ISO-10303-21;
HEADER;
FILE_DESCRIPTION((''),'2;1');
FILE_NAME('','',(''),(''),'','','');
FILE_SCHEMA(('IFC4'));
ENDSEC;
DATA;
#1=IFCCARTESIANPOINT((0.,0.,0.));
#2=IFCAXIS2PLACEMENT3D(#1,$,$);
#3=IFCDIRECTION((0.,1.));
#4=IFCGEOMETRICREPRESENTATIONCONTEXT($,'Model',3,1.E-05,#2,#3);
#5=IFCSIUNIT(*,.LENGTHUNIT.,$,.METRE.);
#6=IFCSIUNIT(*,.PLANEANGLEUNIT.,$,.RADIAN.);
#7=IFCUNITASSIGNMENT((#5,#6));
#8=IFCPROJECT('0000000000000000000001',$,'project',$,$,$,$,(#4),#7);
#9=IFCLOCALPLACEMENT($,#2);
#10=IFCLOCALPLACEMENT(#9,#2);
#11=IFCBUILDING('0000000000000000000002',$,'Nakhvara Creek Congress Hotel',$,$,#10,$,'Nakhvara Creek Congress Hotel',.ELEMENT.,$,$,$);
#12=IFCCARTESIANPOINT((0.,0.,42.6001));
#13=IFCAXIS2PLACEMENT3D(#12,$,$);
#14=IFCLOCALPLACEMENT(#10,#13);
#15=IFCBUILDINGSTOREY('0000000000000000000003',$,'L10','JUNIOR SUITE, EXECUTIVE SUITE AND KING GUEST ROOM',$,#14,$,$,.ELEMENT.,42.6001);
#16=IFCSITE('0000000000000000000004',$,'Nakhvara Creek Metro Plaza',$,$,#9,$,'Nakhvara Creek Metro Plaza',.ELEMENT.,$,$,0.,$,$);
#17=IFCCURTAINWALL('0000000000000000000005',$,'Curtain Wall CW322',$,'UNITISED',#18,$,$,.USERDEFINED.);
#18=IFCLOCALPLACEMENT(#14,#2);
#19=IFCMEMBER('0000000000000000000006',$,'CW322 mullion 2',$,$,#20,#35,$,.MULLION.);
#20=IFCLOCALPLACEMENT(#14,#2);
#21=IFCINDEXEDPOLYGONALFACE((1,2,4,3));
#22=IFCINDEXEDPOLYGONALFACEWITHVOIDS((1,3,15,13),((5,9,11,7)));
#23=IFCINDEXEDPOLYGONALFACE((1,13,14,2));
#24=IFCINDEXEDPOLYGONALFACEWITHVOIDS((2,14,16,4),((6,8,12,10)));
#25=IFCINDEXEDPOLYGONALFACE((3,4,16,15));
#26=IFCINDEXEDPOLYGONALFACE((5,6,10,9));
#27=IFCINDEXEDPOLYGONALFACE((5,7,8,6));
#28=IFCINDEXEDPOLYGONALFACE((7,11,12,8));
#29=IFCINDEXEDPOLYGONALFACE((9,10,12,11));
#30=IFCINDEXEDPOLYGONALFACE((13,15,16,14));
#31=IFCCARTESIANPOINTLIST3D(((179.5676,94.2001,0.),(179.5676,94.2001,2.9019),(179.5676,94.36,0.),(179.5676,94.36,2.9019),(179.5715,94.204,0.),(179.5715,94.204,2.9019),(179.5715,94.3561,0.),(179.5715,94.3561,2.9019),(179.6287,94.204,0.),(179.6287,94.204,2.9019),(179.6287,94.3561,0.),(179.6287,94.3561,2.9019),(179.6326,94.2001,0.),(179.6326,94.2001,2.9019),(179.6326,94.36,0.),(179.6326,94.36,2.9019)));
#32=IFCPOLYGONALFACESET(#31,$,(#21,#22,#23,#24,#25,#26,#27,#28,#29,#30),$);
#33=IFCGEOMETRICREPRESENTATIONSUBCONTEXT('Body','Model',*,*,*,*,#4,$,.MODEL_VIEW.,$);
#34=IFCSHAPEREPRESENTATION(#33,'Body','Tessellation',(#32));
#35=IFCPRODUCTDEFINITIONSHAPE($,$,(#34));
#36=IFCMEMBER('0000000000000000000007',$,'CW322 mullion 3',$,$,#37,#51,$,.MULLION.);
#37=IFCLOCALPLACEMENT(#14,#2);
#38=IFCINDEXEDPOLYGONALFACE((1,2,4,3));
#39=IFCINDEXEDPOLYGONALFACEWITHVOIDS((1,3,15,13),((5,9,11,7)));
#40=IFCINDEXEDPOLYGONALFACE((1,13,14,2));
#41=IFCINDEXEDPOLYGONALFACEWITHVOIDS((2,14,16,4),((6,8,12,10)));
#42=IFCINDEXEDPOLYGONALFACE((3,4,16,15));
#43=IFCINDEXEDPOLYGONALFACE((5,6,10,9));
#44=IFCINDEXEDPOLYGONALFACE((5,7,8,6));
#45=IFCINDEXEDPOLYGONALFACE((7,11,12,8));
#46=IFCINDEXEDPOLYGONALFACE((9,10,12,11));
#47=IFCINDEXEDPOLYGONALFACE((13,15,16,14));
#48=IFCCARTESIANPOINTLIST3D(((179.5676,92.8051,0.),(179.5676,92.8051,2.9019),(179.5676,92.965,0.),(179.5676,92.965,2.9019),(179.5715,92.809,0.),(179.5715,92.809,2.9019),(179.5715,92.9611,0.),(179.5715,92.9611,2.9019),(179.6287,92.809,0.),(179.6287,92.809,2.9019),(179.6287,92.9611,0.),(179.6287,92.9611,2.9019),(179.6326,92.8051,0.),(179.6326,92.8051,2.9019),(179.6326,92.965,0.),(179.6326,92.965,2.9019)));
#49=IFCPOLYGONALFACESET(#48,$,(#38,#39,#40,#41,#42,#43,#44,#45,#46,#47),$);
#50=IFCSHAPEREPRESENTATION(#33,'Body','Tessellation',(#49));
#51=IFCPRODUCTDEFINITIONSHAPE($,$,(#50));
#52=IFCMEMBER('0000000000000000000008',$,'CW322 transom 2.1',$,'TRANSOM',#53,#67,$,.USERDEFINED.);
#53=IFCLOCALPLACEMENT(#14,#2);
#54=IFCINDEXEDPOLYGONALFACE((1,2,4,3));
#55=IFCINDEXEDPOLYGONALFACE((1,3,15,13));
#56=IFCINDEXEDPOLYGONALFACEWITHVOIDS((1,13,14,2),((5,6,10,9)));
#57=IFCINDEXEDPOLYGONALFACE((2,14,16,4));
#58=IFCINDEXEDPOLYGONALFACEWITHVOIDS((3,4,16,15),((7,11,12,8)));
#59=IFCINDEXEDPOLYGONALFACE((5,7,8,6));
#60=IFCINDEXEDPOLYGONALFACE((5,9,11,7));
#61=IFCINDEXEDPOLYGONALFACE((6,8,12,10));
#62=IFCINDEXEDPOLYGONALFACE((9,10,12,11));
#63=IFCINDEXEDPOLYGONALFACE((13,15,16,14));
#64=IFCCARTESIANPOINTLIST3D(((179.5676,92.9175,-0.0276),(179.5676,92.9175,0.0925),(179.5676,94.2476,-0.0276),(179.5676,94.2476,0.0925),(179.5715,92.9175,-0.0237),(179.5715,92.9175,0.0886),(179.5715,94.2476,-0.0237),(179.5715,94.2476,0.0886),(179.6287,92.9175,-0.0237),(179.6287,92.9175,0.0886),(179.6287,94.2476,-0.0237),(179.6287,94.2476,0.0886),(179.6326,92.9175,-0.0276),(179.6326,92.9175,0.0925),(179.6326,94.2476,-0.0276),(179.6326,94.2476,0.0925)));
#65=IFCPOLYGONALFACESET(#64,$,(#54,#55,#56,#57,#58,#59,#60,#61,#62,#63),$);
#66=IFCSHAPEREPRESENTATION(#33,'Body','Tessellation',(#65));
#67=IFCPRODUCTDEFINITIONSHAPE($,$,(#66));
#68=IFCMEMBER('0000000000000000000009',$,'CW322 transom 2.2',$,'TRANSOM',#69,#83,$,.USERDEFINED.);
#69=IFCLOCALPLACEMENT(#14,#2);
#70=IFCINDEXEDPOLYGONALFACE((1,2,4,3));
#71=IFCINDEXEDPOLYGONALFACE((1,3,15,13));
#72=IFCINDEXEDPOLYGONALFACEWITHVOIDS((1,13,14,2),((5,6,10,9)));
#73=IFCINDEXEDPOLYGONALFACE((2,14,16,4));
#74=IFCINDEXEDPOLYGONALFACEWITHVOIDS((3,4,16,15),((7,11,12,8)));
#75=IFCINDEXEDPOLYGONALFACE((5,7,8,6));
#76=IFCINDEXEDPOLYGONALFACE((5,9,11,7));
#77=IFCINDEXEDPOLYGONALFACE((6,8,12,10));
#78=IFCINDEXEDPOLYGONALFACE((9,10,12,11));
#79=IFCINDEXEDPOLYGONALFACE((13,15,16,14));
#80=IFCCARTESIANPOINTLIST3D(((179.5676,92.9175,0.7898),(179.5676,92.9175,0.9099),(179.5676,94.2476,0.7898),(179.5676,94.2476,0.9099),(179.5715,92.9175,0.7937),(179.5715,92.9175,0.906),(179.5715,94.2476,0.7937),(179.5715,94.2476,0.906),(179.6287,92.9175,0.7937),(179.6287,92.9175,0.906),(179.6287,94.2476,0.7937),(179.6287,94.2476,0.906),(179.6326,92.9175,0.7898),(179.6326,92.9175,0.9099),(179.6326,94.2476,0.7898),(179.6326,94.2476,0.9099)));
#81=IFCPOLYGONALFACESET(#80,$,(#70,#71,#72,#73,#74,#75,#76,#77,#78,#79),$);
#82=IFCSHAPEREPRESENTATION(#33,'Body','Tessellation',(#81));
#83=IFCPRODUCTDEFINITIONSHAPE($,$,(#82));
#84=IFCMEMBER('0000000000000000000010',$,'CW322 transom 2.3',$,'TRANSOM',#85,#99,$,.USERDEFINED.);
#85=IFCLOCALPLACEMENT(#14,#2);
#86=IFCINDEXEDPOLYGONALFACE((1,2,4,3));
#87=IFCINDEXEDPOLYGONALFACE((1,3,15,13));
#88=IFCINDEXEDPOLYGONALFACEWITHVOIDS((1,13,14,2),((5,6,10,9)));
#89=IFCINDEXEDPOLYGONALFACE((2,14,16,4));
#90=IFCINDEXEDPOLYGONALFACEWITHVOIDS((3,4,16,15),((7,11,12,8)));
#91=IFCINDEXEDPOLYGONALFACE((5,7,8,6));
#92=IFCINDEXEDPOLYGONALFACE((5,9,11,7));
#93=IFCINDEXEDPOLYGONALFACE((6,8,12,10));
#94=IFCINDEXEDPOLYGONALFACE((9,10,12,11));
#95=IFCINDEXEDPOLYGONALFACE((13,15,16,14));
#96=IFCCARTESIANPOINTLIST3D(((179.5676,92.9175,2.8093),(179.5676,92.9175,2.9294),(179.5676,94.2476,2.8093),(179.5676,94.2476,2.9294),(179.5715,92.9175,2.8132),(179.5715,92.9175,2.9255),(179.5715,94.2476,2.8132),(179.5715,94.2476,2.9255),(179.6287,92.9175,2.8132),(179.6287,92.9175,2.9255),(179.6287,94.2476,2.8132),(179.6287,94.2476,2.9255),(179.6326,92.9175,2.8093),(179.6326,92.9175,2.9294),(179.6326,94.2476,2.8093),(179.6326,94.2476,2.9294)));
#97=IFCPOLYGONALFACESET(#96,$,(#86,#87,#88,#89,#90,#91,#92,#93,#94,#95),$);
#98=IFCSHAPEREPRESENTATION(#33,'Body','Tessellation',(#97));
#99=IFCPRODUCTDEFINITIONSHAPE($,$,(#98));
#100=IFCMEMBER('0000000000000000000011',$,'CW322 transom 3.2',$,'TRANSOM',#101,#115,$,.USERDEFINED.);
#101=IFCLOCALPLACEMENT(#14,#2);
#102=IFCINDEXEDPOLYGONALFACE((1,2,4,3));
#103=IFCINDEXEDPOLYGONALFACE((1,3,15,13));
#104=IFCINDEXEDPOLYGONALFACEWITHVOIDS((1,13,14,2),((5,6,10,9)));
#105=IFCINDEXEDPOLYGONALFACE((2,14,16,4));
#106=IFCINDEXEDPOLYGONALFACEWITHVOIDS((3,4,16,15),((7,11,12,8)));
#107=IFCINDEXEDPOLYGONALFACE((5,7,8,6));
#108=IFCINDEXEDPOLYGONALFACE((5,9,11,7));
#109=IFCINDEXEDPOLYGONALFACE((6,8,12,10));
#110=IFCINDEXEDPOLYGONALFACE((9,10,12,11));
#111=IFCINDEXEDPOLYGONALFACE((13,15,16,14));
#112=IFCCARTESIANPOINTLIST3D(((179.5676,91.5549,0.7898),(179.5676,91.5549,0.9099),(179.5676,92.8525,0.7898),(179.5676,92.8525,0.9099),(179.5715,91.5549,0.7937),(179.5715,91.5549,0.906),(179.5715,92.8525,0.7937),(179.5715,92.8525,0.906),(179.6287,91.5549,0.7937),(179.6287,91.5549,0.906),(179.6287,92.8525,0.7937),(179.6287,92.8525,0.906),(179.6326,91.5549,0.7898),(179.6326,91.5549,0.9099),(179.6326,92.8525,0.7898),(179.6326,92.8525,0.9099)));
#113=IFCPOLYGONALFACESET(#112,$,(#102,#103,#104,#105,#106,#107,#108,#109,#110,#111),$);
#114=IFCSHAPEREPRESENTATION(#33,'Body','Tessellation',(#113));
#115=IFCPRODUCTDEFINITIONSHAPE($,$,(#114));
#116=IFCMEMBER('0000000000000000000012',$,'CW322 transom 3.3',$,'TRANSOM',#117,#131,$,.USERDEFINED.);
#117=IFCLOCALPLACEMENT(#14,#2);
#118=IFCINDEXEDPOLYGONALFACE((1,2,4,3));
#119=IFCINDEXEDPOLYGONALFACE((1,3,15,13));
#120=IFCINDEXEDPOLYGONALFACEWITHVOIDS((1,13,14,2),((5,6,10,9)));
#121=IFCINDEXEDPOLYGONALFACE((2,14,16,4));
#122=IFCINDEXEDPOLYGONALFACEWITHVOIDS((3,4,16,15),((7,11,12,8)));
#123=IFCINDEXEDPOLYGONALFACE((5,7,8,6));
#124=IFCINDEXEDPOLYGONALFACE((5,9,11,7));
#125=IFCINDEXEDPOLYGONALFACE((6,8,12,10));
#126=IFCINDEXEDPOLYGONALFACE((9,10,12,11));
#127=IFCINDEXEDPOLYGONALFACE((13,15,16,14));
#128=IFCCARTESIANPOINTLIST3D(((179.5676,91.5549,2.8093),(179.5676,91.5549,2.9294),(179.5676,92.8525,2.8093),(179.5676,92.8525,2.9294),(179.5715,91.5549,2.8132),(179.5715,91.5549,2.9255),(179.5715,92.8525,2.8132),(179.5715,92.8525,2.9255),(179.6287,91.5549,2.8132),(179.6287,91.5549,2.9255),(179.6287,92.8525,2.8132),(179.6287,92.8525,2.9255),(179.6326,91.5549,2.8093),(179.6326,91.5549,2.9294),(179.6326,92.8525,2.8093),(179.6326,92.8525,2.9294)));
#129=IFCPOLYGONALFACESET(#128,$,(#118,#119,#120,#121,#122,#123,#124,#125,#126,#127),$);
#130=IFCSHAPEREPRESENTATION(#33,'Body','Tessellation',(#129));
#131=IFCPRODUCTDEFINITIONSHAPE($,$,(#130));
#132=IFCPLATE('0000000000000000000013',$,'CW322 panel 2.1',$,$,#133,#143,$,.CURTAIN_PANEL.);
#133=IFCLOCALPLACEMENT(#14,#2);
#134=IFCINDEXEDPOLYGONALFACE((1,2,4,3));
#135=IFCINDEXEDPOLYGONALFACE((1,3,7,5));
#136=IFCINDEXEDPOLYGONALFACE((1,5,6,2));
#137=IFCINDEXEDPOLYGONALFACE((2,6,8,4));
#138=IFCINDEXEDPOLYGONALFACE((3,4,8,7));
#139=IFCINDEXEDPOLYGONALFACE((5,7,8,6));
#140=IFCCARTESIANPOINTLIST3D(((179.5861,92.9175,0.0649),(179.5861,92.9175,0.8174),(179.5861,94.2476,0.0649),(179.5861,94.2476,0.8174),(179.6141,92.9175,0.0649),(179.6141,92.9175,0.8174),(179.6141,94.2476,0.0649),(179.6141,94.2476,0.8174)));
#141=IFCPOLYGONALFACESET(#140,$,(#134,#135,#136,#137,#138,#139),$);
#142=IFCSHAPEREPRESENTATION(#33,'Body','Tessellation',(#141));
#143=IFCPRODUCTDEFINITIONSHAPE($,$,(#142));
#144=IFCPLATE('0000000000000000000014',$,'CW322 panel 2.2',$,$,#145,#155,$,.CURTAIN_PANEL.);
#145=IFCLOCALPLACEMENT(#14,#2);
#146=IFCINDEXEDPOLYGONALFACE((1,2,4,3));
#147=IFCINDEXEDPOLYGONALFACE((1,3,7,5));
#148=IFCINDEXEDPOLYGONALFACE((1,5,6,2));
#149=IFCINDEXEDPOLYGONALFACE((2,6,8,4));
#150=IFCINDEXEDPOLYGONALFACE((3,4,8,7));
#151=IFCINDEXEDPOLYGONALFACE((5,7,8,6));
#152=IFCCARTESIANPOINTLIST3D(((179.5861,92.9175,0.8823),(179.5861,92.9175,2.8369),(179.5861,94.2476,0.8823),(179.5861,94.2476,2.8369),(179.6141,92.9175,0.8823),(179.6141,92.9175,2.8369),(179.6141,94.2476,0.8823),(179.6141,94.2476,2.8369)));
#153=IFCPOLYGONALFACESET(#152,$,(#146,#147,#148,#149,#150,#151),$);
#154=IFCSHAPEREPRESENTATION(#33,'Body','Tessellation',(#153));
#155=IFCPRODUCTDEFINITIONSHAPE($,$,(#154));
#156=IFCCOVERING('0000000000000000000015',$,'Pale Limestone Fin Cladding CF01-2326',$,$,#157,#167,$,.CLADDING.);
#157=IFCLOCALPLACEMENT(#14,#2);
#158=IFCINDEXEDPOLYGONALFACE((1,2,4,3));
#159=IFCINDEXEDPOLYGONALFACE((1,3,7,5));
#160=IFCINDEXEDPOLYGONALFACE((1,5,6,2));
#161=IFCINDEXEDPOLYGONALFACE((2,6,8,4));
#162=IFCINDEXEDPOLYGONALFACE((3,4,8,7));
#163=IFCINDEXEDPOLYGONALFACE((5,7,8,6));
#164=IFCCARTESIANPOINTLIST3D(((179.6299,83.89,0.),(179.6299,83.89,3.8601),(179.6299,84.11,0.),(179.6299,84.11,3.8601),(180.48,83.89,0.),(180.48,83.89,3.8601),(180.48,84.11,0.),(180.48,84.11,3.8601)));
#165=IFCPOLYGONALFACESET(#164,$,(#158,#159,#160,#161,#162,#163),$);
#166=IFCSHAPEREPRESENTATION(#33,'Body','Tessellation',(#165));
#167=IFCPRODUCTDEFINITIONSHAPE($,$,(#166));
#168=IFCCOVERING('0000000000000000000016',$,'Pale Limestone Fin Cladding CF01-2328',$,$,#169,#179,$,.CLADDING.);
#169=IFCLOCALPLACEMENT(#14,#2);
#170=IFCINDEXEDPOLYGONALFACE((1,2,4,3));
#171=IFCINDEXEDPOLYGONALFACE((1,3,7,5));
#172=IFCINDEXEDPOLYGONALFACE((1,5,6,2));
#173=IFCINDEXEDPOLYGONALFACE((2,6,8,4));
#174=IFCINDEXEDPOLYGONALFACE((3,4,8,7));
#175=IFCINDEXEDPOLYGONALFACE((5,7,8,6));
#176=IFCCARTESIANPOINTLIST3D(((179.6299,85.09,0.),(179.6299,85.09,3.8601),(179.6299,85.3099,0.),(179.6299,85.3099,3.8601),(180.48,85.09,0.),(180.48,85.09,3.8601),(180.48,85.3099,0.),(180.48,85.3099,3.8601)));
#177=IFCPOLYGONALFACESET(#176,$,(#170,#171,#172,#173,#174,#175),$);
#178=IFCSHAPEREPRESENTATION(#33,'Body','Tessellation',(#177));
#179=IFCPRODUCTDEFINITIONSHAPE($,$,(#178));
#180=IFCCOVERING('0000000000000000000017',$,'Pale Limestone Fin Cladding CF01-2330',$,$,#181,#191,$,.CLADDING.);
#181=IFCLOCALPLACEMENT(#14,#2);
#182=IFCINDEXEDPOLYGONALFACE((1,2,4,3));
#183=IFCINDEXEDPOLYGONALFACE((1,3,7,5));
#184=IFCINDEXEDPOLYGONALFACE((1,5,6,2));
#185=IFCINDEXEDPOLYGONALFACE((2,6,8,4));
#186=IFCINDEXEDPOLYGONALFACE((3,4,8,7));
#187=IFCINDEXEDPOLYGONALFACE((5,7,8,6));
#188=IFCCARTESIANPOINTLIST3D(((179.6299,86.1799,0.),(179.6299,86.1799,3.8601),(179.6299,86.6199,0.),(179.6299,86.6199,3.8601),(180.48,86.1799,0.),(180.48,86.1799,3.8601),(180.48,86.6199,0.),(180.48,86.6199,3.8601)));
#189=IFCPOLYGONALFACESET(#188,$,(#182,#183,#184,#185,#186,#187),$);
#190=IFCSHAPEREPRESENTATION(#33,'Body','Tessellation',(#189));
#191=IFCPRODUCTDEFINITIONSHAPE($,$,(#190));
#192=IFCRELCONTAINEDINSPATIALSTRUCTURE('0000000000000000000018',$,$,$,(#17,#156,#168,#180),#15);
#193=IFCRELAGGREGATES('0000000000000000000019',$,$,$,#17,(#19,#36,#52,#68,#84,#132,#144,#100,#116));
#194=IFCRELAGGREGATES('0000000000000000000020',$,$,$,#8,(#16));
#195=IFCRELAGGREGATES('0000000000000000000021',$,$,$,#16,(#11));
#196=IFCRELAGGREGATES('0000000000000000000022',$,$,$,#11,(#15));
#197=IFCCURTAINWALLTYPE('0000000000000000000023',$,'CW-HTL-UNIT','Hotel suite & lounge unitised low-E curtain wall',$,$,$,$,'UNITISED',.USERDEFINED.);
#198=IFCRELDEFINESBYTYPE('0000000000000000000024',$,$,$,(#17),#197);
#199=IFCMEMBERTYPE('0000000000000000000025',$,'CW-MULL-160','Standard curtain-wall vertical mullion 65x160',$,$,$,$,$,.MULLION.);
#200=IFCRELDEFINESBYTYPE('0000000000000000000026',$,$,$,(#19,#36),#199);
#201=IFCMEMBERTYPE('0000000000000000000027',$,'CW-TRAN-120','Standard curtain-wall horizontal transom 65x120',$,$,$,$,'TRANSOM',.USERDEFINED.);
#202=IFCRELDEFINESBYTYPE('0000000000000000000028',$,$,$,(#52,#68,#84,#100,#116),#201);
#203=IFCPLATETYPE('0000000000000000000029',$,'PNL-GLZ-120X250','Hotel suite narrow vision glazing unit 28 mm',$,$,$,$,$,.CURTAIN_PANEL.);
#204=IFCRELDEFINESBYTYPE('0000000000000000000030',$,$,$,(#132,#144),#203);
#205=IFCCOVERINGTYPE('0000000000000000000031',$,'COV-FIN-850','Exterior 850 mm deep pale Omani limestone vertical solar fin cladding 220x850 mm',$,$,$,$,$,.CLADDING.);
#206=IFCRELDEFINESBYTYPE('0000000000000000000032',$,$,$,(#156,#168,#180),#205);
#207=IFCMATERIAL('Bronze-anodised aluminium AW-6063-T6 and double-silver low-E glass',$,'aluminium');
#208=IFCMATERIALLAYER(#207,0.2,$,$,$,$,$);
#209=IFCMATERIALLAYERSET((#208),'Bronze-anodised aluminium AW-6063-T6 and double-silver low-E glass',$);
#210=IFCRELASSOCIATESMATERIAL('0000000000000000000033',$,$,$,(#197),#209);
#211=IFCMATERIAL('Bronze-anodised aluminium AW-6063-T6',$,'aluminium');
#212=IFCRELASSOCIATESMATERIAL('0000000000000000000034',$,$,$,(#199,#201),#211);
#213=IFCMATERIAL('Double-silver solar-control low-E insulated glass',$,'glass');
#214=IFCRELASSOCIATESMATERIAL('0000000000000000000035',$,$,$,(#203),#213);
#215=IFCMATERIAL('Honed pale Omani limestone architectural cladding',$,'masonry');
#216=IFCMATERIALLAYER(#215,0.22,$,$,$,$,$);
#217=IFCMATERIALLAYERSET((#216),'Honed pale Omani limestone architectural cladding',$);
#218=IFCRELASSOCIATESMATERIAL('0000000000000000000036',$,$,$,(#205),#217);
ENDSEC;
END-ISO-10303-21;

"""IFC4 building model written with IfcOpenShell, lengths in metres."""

from ifc_helpers import new_model, si_unit, direction, frame, origin, origin_2d, place, context, subcontext, project, spatial, rectangle, hollow_rectangle, extrude, material, layer, layer_set, material_profile, profile_set, type_object, element, aggregate, save


model = new_model("IFC4")

# Units and contexts
model_context = context("Model", 3, precision=1e-05, world=origin(), true_north=direction((0.0, 1.0)))
body_context = subcontext(model_context, "Body", "Model", "MODEL_VIEW")
ifc_project = project(units=[si_unit("LENGTHUNIT", "METRE"), si_unit("PLANEANGLEUNIT", "RADIAN")], contexts=[model_context])

# Site, building, storey
site_placement = place(None, origin())
site = spatial("IfcSite", under=ifc_project, at=site_placement, Name="Nakhvara Creek Metro Plaza", LongName="Nakhvara Creek Metro Plaza", CompositionType="ELEMENT", RefElevation=0.0)
building_placement = place(site_placement, origin())
building = spatial("IfcBuilding", under=site, at=building_placement, Name="Nakhvara Creek Congress Hotel", LongName="Nakhvara Creek Congress Hotel", CompositionType="ELEMENT")
storey_placement = place(building_placement, frame((0.0, 0.0, 42.6001)))
storey = spatial("IfcBuildingStorey", under=building, at=storey_placement, Name="L10", Description="JUNIOR SUITE, EXECUTIVE SUITE AND KING GUEST ROOM", CompositionType="ELEMENT", Elevation=42.6001)

# Curtain wall, members, plates
ifc_material_1 = material(Name="Bronze-anodised aluminium AW-6063-T6 and double-silver low-E glass", Category="aluminium")
ifc_layer_1 = layer(ifc_material_1, 0.2)
ifc_layer_set_1 = layer_set([ifc_layer_1], Name="Bronze-anodised aluminium AW-6063-T6 and double-silver low-E glass")
curtain_wall_type = type_object("IfcCurtainWallType", Name="CW-HTL-UNIT", Description="Hotel suite & lounge unitised low-E curtain wall", ElementType="UNITISED", PredefinedType="USERDEFINED", material=ifc_layer_set_1)
curtain_wall_placement = place(storey_placement, origin())
curtain_wall = element("IfcCurtainWall", 1, at=curtain_wall_placement, inside=storey, type_object=curtain_wall_type, Name="Curtain Wall CW322", ObjectType="UNITISED", PredefinedType="USERDEFINED")
ifc_material_2 = material(Name="Bronze-anodised aluminium AW-6063-T6", Category="aluminium")
ifc_material_profile_1 = material_profile(ifc_material_2, hollow_rectangle(XDim=0.0649, YDim=0.1599, WallThickness=0.0039, at=origin_2d()), Name="ALU-MULL 65x160x4", Category="LoadBearing")
ifc_profile_set_1 = profile_set([ifc_material_profile_1], Name="Bronze-anodised aluminium AW-6063-T6")
member_type_1 = type_object("IfcMemberType", Name="CW-MULL-160", Description="Standard curtain-wall vertical mullion 65x160", PredefinedType="MULLION", material=ifc_profile_set_1)
member_1_placement = place(storey_placement, frame((179.6001, 94.28, 0.0), z_axis=(0.0, 0.0, 1.0), x_axis=(1.0, 0.0, 0.0)))
member_1 = element("IfcMember", 2, at=member_1_placement, type_object=member_type_1, Name="CW322 mullion 2", PredefinedType="MULLION", context=body_context, shape_type="SweptSolid", body=[
    extrude(hollow_rectangle(XDim=0.0649, YDim=0.1599, WallThickness=0.0039, at=origin_2d()), origin(), (0.0, 0.0, 1.0), 2.9019),
])
member_2_placement = place(storey_placement, frame((179.6001, 92.885, 0.0), z_axis=(0.0, 0.0, 1.0), x_axis=(1.0, 0.0, 0.0)))
member_2 = element("IfcMember", 3, at=member_2_placement, type_object=member_type_1, Name="CW322 mullion 3", PredefinedType="MULLION", context=body_context, shape_type="SweptSolid", body=[
    extrude(hollow_rectangle(XDim=0.0649, YDim=0.1599, WallThickness=0.0039, at=origin_2d()), origin(), (0.0, 0.0, 1.0), 2.9019),
])
ifc_material_profile_2 = material_profile(ifc_material_2, hollow_rectangle(XDim=0.0649, YDim=0.1201, WallThickness=0.0039, at=origin_2d()), Name="ALU-TRAN 65x120x4", Category="LoadBearing")
ifc_profile_set_2 = profile_set([ifc_material_profile_2], Name="Bronze-anodised aluminium AW-6063-T6")
member_type_2 = type_object("IfcMemberType", Name="CW-TRAN-120", Description="Standard curtain-wall horizontal transom 65x120", ElementType="TRANSOM", PredefinedType="USERDEFINED", material=ifc_profile_set_2)
member_3_placement = place(storey_placement, frame((179.6001, 94.2476, 0.0325), z_axis=(0.0, -1.0, 0.0), x_axis=(1.0, 0.0, 0.0)))
member_3 = element("IfcMember", 4, at=member_3_placement, type_object=member_type_2, Name="CW322 transom 2.1", ObjectType="TRANSOM", PredefinedType="USERDEFINED", context=body_context, shape_type="SweptSolid", body=[
    extrude(hollow_rectangle(XDim=0.0649, YDim=0.1201, WallThickness=0.0039, at=origin_2d()), origin(), (0.0, 0.0, 1.0), 1.3301),
])
member_4_placement = place(storey_placement, frame((179.6001, 94.2476, 0.8499), z_axis=(0.0, -1.0, 0.0), x_axis=(1.0, 0.0, 0.0)))
member_4 = element("IfcMember", 5, at=member_4_placement, type_object=member_type_2, Name="CW322 transom 2.2", ObjectType="TRANSOM", PredefinedType="USERDEFINED", context=body_context, shape_type="SweptSolid", body=[
    extrude(hollow_rectangle(XDim=0.0649, YDim=0.1201, WallThickness=0.0039, at=origin_2d()), origin(), (0.0, 0.0, 1.0), 1.3301),
])
member_5_placement = place(storey_placement, frame((179.6001, 94.2476, 2.8694), z_axis=(0.0, -1.0, 0.0), x_axis=(1.0, 0.0, 0.0)))
member_5 = element("IfcMember", 6, at=member_5_placement, type_object=member_type_2, Name="CW322 transom 2.3", ObjectType="TRANSOM", PredefinedType="USERDEFINED", context=body_context, shape_type="SweptSolid", body=[
    extrude(hollow_rectangle(XDim=0.0649, YDim=0.1201, WallThickness=0.0039, at=origin_2d()), origin(), (0.0, 0.0, 1.0), 1.3301),
])
member_6_placement = place(storey_placement, frame((179.6001, 92.8525, 0.8499), z_axis=(0.0, -1.0, 0.0), x_axis=(1.0, 0.0, 0.0)))
member_6 = element("IfcMember", 7, at=member_6_placement, type_object=member_type_2, Name="CW322 transom 3.2", ObjectType="TRANSOM", PredefinedType="USERDEFINED", context=body_context, shape_type="SweptSolid", body=[
    extrude(hollow_rectangle(XDim=0.0649, YDim=0.1201, WallThickness=0.0039, at=origin_2d()), origin(), (0.0, 0.0, 1.0), 1.2976),
])
member_7_placement = place(storey_placement, frame((179.6001, 92.8525, 2.8694), z_axis=(0.0, -1.0, 0.0), x_axis=(1.0, 0.0, 0.0)))
member_7 = element("IfcMember", 8, at=member_7_placement, type_object=member_type_2, Name="CW322 transom 3.3", ObjectType="TRANSOM", PredefinedType="USERDEFINED", context=body_context, shape_type="SweptSolid", body=[
    extrude(hollow_rectangle(XDim=0.0649, YDim=0.1201, WallThickness=0.0039, at=origin_2d()), origin(), (0.0, 0.0, 1.0), 1.2976),
])
ifc_material_3 = material(Name="Double-silver solar-control low-E insulated glass", Category="glass")
plate_type = type_object("IfcPlateType", Name="PNL-GLZ-120X250", Description="Hotel suite narrow vision glazing unit 28 mm", PredefinedType="CURTAIN_PANEL", material=ifc_material_3)
plate_1_placement = place(storey_placement, frame((179.6001, 93.5825, 0.0649), z_axis=(0.0, 0.0, 1.0), x_axis=(0.0, -1.0, 0.0)))
plate_1 = element("IfcPlate", 9, at=plate_1_placement, type_object=plate_type, Name="CW322 panel 2.1", PredefinedType="CURTAIN_PANEL", context=body_context, shape_type="SweptSolid", body=[
    extrude(rectangle(XDim=1.3301, YDim=0.0281, at=origin_2d()), origin(), (0.0, 0.0, 1.0), 0.7524),
])
plate_2_placement = place(storey_placement, frame((179.6001, 93.5825, 0.8823), z_axis=(0.0, 0.0, 1.0), x_axis=(0.0, -1.0, 0.0)))
plate_2 = element("IfcPlate", 10, at=plate_2_placement, type_object=plate_type, Name="CW322 panel 2.2", PredefinedType="CURTAIN_PANEL", context=body_context, shape_type="SweptSolid", body=[
    extrude(rectangle(XDim=1.3301, YDim=0.0281, at=origin_2d()), origin(), (0.0, 0.0, 1.0), 1.9546),
])
aggregate(curtain_wall, [member_1, member_2, member_3, member_4, member_5, plate_1, plate_2, member_6, member_7])

# Coverings
ifc_material_4 = material(Name="Honed pale Omani limestone architectural cladding", Category="masonry")
ifc_layer_2 = layer(ifc_material_4, 0.22)
ifc_layer_set_2 = layer_set([ifc_layer_2], Name="Honed pale Omani limestone architectural cladding")
covering_type_1 = type_object("IfcCoveringType", Name="COV-FIN-850", Description="Exterior 850 mm deep pale Omani limestone vertical solar fin cladding 220x850 mm", PredefinedType="CLADDING", material=ifc_layer_set_2)
for number, where, z_axis, x_axis, name in (
    (11, (180.0549, 84.0, 0.0), (0.0, 0.0, 1.0), (0.0, 1.0, 0.0), "Pale Limestone Fin Cladding CF01-2326"),
    (12, (180.0549, 85.2, 0.0), (0.0, 0.0, 1.0), (0.0, 1.0, 0.0), "Pale Limestone Fin Cladding CF01-2328"),
):
    element("IfcCovering", number, at=place(storey_placement, frame(where, z_axis=z_axis, x_axis=x_axis)), inside=storey, type_object=covering_type_1, Name=name, PredefinedType="CLADDING", context=body_context, shape_type="SweptSolid", body=[
        extrude(rectangle(XDim=0.22, YDim=0.8501, at=origin_2d()), origin(), (0.0, 0.0, 1.0), 3.8601),
    ])
covering_1_placement = place(storey_placement, frame((180.0549, 86.3999, 0.0), z_axis=(0.0, 0.0, 1.0), x_axis=(0.0, 1.0, 0.0)))
element("IfcCovering", 13, at=covering_1_placement, inside=storey, type_object=covering_type_1, Name="Pale Limestone Fin Cladding CF01-2330", PredefinedType="CLADDING", context=body_context, shape_type="SweptSolid", body=[
    extrude(rectangle(XDim=0.4399, YDim=0.8501, at=origin_2d()), origin(), (0.0, 0.0, 1.0), 3.8601),
])

save(model, "model.ifc")
